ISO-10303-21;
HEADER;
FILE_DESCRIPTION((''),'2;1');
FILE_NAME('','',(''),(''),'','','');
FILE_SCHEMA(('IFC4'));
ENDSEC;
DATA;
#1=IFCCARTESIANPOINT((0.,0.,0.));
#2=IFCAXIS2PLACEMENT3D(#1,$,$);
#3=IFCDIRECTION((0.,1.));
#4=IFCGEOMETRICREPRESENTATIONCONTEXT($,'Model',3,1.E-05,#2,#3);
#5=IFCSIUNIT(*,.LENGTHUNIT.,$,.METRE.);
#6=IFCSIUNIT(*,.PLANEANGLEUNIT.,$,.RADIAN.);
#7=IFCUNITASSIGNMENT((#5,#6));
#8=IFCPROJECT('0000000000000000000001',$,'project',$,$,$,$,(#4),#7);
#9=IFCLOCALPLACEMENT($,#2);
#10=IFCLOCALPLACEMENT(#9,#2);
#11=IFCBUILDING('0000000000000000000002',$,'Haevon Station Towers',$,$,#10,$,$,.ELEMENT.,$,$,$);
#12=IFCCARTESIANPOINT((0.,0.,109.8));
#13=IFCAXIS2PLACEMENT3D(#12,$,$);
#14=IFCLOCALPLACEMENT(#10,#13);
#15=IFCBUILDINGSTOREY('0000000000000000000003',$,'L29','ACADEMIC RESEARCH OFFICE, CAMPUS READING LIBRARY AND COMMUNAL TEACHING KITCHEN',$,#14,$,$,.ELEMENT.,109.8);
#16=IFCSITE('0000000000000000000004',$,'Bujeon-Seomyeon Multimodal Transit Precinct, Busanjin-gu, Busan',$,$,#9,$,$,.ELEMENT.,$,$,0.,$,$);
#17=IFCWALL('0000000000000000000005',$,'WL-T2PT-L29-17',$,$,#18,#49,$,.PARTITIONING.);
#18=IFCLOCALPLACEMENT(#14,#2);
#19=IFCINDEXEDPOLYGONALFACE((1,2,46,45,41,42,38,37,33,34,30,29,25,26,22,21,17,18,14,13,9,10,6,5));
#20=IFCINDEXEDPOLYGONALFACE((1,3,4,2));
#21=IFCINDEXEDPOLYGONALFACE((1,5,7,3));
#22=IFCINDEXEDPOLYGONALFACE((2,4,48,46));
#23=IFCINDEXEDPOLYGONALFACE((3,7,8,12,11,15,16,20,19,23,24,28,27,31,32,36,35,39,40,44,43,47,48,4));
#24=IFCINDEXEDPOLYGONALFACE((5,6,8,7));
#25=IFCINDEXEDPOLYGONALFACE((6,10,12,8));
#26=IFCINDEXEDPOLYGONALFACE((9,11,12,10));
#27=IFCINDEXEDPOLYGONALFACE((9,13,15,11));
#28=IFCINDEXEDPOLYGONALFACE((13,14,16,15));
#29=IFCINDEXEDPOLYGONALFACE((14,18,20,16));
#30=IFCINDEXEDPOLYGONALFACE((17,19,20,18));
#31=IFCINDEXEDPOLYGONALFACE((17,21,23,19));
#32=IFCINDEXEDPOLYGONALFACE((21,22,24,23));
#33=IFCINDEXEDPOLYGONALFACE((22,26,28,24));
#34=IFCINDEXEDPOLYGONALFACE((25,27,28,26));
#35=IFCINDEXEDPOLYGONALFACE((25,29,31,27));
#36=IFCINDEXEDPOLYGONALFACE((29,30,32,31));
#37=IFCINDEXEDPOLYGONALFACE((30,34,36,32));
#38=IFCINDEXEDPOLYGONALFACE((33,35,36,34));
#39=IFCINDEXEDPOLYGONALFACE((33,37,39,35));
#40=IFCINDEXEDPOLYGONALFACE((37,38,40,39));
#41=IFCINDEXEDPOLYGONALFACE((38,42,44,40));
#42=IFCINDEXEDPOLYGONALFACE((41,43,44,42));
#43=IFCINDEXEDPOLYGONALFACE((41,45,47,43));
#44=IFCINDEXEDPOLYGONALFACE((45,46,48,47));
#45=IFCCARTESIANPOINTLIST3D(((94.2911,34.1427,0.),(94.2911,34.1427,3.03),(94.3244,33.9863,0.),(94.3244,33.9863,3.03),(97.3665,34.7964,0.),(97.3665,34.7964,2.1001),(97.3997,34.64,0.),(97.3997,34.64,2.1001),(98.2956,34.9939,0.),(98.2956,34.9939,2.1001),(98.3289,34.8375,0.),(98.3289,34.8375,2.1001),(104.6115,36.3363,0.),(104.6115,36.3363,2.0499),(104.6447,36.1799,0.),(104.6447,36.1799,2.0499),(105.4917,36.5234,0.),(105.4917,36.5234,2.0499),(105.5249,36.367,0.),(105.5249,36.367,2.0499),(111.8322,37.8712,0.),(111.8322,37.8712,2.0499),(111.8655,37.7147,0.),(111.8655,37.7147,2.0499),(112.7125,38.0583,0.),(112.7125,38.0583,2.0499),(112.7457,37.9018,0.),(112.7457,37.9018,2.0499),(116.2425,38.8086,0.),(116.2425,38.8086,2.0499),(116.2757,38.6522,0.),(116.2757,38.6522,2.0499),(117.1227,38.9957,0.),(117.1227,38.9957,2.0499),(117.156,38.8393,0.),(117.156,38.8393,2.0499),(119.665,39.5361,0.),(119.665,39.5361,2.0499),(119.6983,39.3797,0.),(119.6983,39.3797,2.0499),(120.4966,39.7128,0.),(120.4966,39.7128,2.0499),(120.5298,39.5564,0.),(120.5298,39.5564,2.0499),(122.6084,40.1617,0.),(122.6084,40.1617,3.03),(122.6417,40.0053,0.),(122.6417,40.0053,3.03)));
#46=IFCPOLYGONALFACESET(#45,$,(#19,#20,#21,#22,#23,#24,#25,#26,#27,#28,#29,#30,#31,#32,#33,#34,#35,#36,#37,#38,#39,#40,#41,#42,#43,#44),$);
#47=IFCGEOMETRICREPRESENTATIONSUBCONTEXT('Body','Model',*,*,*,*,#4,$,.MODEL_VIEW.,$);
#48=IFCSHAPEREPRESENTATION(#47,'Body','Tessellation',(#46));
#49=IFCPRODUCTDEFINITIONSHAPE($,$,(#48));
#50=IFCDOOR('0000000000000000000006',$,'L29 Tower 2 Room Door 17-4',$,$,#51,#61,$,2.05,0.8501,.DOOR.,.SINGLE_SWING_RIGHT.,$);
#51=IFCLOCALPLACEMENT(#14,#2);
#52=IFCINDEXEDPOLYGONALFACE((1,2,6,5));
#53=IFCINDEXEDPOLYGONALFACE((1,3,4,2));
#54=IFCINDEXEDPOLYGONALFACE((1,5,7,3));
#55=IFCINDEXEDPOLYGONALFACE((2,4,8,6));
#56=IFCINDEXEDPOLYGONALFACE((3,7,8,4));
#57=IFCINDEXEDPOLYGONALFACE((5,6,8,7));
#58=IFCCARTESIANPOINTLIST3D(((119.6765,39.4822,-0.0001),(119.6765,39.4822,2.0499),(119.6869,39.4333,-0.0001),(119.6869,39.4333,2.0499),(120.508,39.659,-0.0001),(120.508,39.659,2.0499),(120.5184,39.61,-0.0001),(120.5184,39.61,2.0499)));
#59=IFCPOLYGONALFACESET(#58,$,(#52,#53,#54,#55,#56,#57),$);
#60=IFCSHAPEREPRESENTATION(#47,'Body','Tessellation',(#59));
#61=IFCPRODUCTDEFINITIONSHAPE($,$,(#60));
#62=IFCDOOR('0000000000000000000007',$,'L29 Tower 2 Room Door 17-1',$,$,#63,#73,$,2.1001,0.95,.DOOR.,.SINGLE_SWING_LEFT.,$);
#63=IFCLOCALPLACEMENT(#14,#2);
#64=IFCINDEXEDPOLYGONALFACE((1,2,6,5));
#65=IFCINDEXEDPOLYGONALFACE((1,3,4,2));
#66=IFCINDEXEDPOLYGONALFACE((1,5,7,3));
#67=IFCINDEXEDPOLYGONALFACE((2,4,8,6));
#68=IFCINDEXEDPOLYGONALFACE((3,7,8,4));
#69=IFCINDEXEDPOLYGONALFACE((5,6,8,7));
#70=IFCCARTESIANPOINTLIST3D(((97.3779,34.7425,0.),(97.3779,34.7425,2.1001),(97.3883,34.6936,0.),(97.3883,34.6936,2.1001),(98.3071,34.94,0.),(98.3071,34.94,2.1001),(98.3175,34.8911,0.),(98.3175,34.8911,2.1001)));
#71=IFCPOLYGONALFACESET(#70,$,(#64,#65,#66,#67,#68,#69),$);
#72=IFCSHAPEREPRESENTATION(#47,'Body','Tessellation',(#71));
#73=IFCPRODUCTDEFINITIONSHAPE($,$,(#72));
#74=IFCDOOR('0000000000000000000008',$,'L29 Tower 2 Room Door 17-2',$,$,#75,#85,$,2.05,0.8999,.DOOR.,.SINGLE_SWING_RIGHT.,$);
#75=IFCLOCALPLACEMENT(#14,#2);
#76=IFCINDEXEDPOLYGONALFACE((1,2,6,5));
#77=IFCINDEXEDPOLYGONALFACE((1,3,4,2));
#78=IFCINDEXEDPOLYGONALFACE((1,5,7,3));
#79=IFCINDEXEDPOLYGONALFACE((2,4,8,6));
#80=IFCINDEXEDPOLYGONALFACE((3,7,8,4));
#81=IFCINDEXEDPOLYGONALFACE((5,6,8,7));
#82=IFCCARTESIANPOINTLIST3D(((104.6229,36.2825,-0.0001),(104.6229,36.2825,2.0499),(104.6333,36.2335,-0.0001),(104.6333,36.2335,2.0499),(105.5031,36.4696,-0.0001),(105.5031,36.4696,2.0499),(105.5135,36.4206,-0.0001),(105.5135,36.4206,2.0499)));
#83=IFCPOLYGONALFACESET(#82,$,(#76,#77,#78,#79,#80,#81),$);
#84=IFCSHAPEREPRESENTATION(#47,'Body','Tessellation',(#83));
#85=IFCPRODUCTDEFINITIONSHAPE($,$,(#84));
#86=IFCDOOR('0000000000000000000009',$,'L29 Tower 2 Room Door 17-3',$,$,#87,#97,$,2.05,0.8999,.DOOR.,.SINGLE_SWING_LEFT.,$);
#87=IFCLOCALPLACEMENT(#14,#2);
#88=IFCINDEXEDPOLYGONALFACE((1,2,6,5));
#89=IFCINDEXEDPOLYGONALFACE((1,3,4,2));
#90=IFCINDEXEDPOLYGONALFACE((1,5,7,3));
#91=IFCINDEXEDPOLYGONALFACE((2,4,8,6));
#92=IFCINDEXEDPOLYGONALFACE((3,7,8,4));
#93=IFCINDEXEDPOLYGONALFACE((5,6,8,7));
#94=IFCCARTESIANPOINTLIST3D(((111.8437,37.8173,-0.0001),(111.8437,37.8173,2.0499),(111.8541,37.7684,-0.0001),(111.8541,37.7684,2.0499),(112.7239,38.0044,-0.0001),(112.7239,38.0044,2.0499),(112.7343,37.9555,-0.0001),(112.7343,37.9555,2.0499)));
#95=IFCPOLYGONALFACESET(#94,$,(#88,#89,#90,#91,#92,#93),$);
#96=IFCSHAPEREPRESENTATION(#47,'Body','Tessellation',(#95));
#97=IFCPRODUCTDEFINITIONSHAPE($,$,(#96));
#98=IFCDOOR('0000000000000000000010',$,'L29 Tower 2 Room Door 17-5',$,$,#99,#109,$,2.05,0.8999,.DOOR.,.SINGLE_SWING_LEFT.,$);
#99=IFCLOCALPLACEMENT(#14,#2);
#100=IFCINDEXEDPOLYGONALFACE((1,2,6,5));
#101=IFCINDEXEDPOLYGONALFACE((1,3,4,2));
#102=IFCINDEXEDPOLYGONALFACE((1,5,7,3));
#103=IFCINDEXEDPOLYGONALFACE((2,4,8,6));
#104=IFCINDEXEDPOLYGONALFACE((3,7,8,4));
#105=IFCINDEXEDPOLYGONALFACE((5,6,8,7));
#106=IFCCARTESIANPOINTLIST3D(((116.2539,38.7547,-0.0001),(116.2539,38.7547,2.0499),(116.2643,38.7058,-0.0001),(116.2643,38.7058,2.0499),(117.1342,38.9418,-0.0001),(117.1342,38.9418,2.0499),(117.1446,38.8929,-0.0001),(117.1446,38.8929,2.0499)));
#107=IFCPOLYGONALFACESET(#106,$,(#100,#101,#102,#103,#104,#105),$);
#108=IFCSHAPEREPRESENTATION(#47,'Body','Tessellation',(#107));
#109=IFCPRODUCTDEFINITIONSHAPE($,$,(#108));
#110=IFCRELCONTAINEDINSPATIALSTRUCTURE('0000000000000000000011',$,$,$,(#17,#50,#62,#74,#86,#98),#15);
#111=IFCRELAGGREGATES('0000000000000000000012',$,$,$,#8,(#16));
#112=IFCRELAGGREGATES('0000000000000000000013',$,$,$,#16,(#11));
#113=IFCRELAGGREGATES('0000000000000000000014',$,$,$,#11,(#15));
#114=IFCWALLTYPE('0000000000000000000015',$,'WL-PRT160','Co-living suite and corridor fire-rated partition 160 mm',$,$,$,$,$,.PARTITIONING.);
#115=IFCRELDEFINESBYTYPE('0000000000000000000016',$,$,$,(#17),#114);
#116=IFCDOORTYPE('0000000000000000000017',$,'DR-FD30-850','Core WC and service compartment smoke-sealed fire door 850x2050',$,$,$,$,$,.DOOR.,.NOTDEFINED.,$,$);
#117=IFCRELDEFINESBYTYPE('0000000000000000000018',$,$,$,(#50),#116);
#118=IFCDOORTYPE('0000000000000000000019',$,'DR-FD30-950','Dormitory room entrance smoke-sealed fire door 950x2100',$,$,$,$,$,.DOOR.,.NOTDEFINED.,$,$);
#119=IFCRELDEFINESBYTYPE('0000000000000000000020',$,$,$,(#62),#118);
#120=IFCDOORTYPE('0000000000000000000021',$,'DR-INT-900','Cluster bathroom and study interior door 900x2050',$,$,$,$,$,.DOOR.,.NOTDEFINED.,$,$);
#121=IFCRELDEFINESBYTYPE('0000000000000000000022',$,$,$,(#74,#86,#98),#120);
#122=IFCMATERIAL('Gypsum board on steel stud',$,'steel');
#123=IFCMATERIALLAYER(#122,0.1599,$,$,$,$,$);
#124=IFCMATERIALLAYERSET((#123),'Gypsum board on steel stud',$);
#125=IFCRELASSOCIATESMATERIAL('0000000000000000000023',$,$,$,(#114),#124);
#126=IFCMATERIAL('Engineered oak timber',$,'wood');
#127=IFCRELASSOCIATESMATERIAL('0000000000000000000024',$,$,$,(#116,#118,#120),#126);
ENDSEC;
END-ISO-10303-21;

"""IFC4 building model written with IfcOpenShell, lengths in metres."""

from ifc_helpers import new_model, si_unit, direction, frame, frame_2d, origin, place, context, subcontext, project, spatial, rectangle, extrude, material, layer, layer_set, type_object, element, fill, save


model = new_model("IFC4")

# Units and contexts
model_context = context("Model", 3, precision=1e-05, world=origin(), true_north=direction((0.0, 1.0)))
body_context = subcontext(model_context, "Body", "Model", "MODEL_VIEW")
ifc_project = project(units=[si_unit("LENGTHUNIT", "METRE"), si_unit("PLANEANGLEUNIT", "RADIAN")], contexts=[model_context])

# Site, building, storey
site_placement = place(None, origin())
site = spatial("IfcSite", under=ifc_project, at=site_placement, Name="Bujeon-Seomyeon Multimodal Transit Precinct, Busanjin-gu, Busan", CompositionType="ELEMENT", RefElevation=0.0)
building_placement = place(site_placement, origin())
building = spatial("IfcBuilding", under=site, at=building_placement, Name="Haevon Station Towers", CompositionType="ELEMENT")
storey_placement = place(building_placement, frame((0.0, 0.0, 109.8)))
storey = spatial("IfcBuildingStorey", under=building, at=storey_placement, Name="L29", Description="ACADEMIC RESEARCH OFFICE, CAMPUS READING LIBRARY AND COMMUNAL TEACHING KITCHEN", CompositionType="ELEMENT", Elevation=109.8)

# Wall, openings, doors
ifc_material_1 = material(Name="Gypsum board on steel stud", Category="steel")
ifc_layer = layer(ifc_material_1, 0.1599)
ifc_layer_set = layer_set([ifc_layer], Name="Gypsum board on steel stud")
wall_type = type_object("IfcWallType", Name="WL-PRT160", Description="Co-living suite and corridor fire-rated partition 160 mm", PredefinedType="PARTITIONING", material=ifc_layer_set)
wall_placement = place(storey_placement, frame((94.3076, 34.0645, 0.0), z_axis=(0.0, 0.0, 1.0), x_axis=(0.978148, 0.207912, 0.0)))
wall = element("IfcWall", 1, at=wall_placement, inside=storey, type_object=wall_type, Name="WL-T2PT-L29-17", PredefinedType="PARTITIONING", context=body_context, shape_type="SweptSolid", body=[
    extrude(rectangle(XDim=28.95, YDim=0.1599, at=frame_2d((14.4751, 0.0))), origin(), (0.0, 0.0, 1.0), 3.03),
])
opening_1_placement = place(wall_placement, frame((3.144, 0.0, 0.0)))
opening_1 = element("IfcOpeningElement", 2, at=opening_1_placement, cuts=wall, PredefinedType="OPENING", context=body_context, shape_type="SweptSolid", body=[
    extrude(rectangle(XDim=0.95, YDim=2.1001, at=frame_2d((0.4751, 1.05))), frame((0.0, 0.0898, 0.0), z_axis=(0.0, -1.0, 0.0), x_axis=(1.0, 0.0, 0.0)), (0.0, 0.0, 1.0), 0.1799),
])
opening_2_placement = place(wall_placement, frame((10.551, 0.0, 0.0)))
opening_2 = element("IfcOpeningElement", 3, at=opening_2_placement, cuts=wall, PredefinedType="OPENING", context=body_context, shape_type="SweptSolid", body=[
    extrude(rectangle(XDim=0.8999, YDim=2.05, at=frame_2d((0.45, 1.0249))), frame((0.0, 0.0898, 0.0), z_axis=(0.0, -1.0, 0.0), x_axis=(1.0, 0.0, 0.0)), (0.0, 0.0, 1.0), 0.1799),
])
opening_3_placement = place(wall_placement, frame((17.9331, 0.0, 0.0)))
opening_3 = element("IfcOpeningElement", 4, at=opening_3_placement, cuts=wall, PredefinedType="OPENING", context=body_context, shape_type="SweptSolid", body=[
    extrude(rectangle(XDim=0.8999, YDim=2.05, at=frame_2d((0.45, 1.0249))), frame((0.0, 0.0898, 0.0), z_axis=(0.0, -1.0, 0.0), x_axis=(1.0, 0.0, 0.0)), (0.0, 0.0, 1.0), 0.1799),
])
opening_4_placement = place(wall_placement, frame((25.9409, 0.0, 0.0)))
opening_4 = element("IfcOpeningElement", 5, at=opening_4_placement, cuts=wall, PredefinedType="OPENING", context=body_context, shape_type="SweptSolid", body=[
    extrude(rectangle(XDim=0.8501, YDim=2.05, at=frame_2d((0.425, 1.0249))), frame((0.0, 0.0898, 0.0), z_axis=(0.0, -1.0, 0.0), x_axis=(1.0, 0.0, 0.0)), (0.0, 0.0, 1.0), 0.1799),
])
opening_5_placement = place(wall_placement, frame((22.4419, 0.0, 0.0)))
opening_5 = element("IfcOpeningElement", 6, at=opening_5_placement, cuts=wall, PredefinedType="OPENING", context=body_context, shape_type="SweptSolid", body=[
    extrude(rectangle(XDim=0.8999, YDim=2.05, at=frame_2d((0.45, 1.0249))), frame((0.0, 0.0898, 0.0), z_axis=(0.0, -1.0, 0.0), x_axis=(1.0, 0.0, 0.0)), (0.0, 0.0, 1.0), 0.1799),
])
ifc_material_2 = material(Name="Engineered oak timber", Category="wood")
door_type_1 = type_object("IfcDoorType", Name="DR-FD30-850", Description="Core WC and service compartment smoke-sealed fire door 850x2050", OperationType="NOTDEFINED", PredefinedType="DOOR", material=ifc_material_2)
door_1_placement = place(opening_4_placement, origin())
door_1 = element("IfcDoor", 7, at=door_1_placement, inside=storey, type_object=door_type_1, Name="L29 Tower 2 Room Door 17-4", OperationType="SINGLE_SWING_RIGHT", OverallHeight=2.05, OverallWidth=0.8501, PredefinedType="DOOR", context=body_context, shape_type="SweptSolid", body=[
    extrude(rectangle(XDim=0.8501, YDim=2.05, at=frame_2d((0.425, 1.0249))), frame((0.0, 0.0249, 0.0), z_axis=(0.0, -1.0, 0.0), x_axis=(1.0, 0.0, 0.0)), (0.0, 0.0, 1.0), 0.05),
])
fill(opening_4, door_1)
door_type_2 = type_object("IfcDoorType", Name="DR-FD30-950", Description="Dormitory room entrance smoke-sealed fire door 950x2100", OperationType="NOTDEFINED", PredefinedType="DOOR", material=ifc_material_2)
door_2_placement = place(opening_1_placement, origin())
door_2 = element("IfcDoor", 8, at=door_2_placement, inside=storey, type_object=door_type_2, Name="L29 Tower 2 Room Door 17-1", OperationType="SINGLE_SWING_LEFT", OverallHeight=2.1001, OverallWidth=0.95, PredefinedType="DOOR", context=body_context, shape_type="SweptSolid", body=[
    extrude(rectangle(XDim=0.95, YDim=2.1001, at=frame_2d((0.4751, 1.05))), frame((0.0, 0.0249, 0.0), z_axis=(0.0, -1.0, 0.0), x_axis=(1.0, 0.0, 0.0)), (0.0, 0.0, 1.0), 0.05),
])
fill(opening_1, door_2)
door_type_3 = type_object("IfcDoorType", Name="DR-INT-900", Description="Cluster bathroom and study interior door 900x2050", OperationType="NOTDEFINED", PredefinedType="DOOR", material=ifc_material_2)
door_3_placement = place(opening_2_placement, origin())
door_3 = element("IfcDoor", 9, at=door_3_placement, inside=storey, type_object=door_type_3, Name="L29 Tower 2 Room Door 17-2", OperationType="SINGLE_SWING_RIGHT", OverallHeight=2.05, OverallWidth=0.8999, PredefinedType="DOOR", context=body_context, shape_type="SweptSolid", body=[
    extrude(rectangle(XDim=0.8999, YDim=2.05, at=frame_2d((0.45, 1.0249))), frame((0.0, 0.0249, 0.0), z_axis=(0.0, -1.0, 0.0), x_axis=(1.0, 0.0, 0.0)), (0.0, 0.0, 1.0), 0.05),
])
fill(opening_2, door_3)
door_4_placement = place(opening_3_placement, origin())
door_4 = element("IfcDoor", 10, at=door_4_placement, inside=storey, type_object=door_type_3, Name="L29 Tower 2 Room Door 17-3", OperationType="SINGLE_SWING_LEFT", OverallHeight=2.05, OverallWidth=0.8999, PredefinedType="DOOR", context=body_context, shape_type="SweptSolid", body=[
    extrude(rectangle(XDim=0.8999, YDim=2.05, at=frame_2d((0.45, 1.0249))), frame((0.0, 0.0249, 0.0), z_axis=(0.0, -1.0, 0.0), x_axis=(1.0, 0.0, 0.0)), (0.0, 0.0, 1.0), 0.05),
])
fill(opening_3, door_4)
door_5_placement = place(opening_5_placement, origin())
door_5 = element("IfcDoor", 11, at=door_5_placement, inside=storey, type_object=door_type_3, Name="L29 Tower 2 Room Door 17-5", OperationType="SINGLE_SWING_LEFT", OverallHeight=2.05, OverallWidth=0.8999, PredefinedType="DOOR", context=body_context, shape_type="SweptSolid", body=[
    extrude(rectangle(XDim=0.8999, YDim=2.05, at=frame_2d((0.45, 1.0249))), frame((0.0, 0.0249, 0.0), z_axis=(0.0, -1.0, 0.0), x_axis=(1.0, 0.0, 0.0)), (0.0, 0.0, 1.0), 0.05),
])
fill(opening_5, door_5)

save(model, "model.ifc")
